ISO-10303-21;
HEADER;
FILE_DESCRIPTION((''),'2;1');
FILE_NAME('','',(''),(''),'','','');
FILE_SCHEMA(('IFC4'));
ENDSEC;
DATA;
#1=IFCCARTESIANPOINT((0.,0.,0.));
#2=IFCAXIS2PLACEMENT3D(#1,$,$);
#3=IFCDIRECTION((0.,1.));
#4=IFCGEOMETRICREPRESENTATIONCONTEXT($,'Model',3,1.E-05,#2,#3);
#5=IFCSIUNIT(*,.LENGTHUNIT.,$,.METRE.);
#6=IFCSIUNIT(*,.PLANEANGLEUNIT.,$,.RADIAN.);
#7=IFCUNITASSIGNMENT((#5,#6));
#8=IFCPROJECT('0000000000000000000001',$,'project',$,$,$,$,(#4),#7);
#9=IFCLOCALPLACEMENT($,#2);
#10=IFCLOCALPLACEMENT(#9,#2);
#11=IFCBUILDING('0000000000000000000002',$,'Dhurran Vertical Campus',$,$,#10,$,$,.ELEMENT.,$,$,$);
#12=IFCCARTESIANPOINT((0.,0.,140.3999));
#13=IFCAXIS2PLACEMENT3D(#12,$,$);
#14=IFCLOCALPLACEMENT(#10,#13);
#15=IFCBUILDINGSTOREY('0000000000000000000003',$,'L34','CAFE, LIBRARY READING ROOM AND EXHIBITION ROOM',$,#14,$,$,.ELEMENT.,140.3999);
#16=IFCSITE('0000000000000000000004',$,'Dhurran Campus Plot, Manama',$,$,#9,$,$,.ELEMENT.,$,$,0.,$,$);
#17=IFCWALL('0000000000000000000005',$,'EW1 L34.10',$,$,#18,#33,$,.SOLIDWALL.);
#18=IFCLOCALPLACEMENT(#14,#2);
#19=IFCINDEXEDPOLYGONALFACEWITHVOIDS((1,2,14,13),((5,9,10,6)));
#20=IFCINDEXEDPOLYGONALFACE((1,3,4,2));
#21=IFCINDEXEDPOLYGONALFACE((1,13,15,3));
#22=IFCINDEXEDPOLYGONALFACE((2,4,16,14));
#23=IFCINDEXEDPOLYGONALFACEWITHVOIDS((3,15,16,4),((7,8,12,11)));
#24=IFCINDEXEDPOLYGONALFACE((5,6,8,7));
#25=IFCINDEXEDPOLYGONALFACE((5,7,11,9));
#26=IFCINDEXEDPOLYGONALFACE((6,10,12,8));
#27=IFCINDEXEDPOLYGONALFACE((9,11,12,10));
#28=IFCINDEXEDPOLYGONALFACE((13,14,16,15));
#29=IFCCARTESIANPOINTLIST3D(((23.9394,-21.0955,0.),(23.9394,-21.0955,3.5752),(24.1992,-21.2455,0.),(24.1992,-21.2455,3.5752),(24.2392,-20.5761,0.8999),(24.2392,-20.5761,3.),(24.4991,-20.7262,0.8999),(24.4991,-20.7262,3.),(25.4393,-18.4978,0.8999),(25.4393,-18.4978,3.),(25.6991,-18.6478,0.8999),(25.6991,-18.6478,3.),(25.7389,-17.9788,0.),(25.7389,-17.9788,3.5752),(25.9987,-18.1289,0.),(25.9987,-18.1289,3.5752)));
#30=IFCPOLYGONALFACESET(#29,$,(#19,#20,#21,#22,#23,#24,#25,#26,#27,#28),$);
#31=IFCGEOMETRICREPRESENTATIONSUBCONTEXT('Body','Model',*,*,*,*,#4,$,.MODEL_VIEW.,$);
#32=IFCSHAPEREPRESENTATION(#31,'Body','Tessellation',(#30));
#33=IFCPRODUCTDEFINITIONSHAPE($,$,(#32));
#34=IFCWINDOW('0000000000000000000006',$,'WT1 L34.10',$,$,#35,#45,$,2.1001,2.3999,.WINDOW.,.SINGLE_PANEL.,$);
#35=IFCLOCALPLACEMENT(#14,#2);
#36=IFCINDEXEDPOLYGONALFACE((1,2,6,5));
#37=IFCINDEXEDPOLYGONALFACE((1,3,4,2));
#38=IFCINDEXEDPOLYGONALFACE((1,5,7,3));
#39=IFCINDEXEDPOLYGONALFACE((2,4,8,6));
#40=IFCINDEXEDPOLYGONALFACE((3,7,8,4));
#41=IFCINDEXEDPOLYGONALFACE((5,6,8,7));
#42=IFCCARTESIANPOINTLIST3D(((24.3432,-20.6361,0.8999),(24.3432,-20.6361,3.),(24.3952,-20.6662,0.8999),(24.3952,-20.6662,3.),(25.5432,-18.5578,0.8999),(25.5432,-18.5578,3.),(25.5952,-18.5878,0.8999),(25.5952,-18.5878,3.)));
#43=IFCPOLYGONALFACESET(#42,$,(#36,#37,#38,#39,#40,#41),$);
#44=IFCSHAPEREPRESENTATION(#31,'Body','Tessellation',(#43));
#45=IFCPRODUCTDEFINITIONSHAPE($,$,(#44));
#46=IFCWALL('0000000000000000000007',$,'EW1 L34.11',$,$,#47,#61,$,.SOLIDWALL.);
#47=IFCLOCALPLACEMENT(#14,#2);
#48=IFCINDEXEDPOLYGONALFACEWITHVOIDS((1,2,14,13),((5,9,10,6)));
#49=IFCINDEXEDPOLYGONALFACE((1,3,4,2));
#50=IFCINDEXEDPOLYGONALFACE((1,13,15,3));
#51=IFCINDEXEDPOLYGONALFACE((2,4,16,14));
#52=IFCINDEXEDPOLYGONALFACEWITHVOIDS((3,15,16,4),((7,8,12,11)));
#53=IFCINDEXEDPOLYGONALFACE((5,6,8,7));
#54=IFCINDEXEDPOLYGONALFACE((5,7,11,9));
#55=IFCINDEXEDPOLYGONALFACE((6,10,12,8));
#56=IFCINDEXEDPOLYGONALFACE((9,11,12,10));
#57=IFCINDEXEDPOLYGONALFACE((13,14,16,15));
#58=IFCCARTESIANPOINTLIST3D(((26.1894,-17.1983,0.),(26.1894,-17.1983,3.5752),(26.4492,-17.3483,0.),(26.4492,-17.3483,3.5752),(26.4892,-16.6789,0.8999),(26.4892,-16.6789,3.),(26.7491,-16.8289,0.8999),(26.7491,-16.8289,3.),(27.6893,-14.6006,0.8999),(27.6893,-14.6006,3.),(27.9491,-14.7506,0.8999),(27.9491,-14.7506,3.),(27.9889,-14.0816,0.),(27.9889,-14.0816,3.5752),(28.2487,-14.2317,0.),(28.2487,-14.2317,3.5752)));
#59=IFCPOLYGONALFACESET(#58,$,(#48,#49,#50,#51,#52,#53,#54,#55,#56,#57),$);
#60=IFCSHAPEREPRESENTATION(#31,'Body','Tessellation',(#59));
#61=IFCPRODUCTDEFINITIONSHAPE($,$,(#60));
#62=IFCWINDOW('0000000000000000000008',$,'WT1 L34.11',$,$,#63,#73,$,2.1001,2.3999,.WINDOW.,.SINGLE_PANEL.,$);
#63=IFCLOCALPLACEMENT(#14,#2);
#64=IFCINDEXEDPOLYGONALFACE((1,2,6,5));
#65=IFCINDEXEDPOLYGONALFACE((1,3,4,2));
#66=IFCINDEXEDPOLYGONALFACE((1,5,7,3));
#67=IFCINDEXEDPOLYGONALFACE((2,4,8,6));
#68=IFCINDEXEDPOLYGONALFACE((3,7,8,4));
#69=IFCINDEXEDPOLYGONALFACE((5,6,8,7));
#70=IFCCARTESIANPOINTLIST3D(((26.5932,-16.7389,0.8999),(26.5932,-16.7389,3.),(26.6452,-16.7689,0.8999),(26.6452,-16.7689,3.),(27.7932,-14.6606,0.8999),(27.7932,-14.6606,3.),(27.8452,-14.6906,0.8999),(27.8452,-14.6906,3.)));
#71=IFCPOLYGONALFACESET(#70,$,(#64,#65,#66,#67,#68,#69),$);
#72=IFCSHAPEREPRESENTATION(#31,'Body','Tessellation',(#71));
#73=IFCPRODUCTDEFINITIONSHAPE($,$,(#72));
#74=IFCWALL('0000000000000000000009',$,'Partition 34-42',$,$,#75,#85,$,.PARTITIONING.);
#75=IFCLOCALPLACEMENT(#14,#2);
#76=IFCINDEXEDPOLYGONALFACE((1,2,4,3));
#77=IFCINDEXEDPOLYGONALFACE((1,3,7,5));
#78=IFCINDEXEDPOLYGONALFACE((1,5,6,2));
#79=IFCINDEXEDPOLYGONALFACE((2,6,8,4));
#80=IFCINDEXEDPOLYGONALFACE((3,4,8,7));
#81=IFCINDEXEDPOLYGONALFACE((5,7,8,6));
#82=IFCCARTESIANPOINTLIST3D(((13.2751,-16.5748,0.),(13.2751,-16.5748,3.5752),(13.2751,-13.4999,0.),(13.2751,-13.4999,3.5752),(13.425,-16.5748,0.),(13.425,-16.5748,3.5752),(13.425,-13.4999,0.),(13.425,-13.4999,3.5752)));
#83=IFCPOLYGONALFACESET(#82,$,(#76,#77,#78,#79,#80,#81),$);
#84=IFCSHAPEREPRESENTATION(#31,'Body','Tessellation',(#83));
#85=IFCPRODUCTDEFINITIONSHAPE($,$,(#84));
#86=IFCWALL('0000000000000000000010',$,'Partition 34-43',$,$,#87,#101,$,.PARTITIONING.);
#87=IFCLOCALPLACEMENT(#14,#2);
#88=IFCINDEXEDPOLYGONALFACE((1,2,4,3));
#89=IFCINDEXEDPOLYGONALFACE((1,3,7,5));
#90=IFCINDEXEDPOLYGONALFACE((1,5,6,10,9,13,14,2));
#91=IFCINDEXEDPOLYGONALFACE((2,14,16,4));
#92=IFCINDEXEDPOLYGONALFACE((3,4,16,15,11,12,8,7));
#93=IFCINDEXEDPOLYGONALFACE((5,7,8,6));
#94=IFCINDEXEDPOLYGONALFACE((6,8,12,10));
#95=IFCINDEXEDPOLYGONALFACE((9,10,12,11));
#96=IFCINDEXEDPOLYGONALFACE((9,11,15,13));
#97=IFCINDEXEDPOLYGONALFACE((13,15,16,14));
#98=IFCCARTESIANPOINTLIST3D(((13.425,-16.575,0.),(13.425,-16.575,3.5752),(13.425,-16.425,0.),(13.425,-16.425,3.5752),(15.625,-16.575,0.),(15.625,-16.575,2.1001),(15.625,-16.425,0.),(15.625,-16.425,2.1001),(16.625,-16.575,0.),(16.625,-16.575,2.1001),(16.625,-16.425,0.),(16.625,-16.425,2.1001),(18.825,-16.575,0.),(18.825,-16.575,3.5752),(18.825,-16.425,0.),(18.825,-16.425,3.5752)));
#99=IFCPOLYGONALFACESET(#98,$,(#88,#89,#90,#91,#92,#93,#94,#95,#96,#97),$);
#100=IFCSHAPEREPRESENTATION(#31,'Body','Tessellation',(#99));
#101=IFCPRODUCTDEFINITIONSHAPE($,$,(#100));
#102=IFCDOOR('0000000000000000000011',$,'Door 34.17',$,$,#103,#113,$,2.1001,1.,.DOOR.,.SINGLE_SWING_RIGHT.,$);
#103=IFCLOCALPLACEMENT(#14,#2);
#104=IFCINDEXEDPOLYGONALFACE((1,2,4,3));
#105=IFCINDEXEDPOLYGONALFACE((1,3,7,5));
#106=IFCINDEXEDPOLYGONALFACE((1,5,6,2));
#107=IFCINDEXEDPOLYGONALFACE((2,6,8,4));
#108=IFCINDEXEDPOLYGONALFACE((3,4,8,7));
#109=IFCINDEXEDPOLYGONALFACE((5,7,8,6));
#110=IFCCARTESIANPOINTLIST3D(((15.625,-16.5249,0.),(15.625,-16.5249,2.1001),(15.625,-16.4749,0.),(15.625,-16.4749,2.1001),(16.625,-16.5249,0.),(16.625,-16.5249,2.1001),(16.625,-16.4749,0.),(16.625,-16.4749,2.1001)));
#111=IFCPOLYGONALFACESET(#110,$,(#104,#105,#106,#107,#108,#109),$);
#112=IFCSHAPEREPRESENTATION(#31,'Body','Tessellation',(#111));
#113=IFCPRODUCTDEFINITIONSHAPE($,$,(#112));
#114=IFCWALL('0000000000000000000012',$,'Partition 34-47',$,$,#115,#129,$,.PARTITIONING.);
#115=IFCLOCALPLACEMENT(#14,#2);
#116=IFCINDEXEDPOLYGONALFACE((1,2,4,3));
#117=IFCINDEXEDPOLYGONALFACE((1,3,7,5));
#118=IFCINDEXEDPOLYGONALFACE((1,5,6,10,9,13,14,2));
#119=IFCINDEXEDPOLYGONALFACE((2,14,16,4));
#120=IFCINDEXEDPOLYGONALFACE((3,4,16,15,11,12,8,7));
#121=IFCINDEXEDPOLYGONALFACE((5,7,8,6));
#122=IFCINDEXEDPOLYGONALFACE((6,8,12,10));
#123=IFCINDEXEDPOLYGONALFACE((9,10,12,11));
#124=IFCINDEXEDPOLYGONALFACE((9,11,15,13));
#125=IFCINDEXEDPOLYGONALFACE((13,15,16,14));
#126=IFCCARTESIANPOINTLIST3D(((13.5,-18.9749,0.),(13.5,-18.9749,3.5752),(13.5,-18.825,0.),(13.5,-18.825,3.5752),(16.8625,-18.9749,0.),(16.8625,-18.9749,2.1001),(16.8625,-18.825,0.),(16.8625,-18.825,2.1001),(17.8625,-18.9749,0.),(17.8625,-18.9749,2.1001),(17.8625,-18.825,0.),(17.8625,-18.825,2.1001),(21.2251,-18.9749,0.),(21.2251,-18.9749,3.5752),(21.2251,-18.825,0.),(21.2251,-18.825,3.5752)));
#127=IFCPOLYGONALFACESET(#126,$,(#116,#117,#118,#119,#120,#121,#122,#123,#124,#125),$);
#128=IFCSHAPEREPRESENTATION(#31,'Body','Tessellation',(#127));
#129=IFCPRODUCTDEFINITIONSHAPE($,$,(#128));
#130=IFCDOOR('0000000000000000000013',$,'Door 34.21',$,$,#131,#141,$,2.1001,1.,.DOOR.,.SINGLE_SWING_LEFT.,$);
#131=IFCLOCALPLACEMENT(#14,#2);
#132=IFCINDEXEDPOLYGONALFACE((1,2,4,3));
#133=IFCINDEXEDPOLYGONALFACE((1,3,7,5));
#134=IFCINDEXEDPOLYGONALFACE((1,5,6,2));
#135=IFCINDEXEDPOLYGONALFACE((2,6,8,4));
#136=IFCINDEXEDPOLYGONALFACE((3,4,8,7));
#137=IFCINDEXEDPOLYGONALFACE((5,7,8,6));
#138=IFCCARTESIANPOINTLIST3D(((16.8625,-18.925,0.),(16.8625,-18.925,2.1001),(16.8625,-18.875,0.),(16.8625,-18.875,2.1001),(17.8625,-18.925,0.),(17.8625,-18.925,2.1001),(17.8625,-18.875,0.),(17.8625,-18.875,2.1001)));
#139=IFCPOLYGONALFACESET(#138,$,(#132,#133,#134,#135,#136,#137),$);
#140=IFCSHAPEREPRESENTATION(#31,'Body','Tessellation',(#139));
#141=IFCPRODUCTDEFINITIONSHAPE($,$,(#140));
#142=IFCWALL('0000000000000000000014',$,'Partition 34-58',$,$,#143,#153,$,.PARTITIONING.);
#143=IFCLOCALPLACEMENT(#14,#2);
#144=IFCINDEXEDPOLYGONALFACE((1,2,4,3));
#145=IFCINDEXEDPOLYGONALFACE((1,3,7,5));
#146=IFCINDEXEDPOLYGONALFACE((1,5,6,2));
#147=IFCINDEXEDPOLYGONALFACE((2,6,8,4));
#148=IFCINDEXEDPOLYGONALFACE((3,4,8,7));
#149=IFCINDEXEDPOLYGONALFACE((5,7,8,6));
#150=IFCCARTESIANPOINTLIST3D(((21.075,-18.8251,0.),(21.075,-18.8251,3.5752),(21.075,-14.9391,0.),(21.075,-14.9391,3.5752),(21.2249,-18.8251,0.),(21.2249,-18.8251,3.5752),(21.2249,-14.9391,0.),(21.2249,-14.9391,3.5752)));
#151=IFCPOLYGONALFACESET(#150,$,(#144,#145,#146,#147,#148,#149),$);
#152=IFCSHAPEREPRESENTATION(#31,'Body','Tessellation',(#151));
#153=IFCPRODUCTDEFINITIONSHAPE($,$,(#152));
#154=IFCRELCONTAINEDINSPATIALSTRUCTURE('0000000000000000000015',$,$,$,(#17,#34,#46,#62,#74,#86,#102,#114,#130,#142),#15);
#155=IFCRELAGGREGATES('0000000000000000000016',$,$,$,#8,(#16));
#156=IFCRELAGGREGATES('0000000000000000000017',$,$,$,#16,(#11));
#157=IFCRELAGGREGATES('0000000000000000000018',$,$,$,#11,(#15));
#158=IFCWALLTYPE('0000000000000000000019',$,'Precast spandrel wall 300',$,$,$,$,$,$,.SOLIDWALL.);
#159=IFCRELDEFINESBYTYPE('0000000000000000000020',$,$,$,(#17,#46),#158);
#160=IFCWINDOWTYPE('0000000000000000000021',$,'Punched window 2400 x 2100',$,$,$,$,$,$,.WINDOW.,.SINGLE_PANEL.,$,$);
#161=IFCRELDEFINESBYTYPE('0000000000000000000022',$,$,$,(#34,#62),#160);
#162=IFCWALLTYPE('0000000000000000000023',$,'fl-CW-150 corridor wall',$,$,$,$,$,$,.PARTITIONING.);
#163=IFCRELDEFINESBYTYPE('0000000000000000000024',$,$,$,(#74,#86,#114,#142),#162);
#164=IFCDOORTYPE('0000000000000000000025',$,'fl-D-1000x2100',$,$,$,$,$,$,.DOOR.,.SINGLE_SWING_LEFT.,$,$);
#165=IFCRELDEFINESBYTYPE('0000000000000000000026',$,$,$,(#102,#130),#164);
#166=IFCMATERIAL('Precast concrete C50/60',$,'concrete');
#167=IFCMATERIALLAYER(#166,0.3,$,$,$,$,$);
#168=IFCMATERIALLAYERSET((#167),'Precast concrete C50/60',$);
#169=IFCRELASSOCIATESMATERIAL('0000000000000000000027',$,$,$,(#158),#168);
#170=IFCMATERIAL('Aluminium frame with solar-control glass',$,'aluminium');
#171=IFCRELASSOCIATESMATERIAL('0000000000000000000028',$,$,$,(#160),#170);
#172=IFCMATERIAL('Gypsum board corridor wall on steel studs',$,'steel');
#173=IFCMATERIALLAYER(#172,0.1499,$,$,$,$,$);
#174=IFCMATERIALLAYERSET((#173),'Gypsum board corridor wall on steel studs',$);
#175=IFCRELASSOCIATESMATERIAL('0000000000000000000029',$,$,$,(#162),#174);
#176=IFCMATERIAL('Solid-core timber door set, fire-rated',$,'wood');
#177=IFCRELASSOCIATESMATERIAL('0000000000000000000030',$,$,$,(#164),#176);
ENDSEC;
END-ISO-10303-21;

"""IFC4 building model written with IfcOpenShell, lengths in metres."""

from ifc_helpers import new_model, si_unit, direction, frame, frame_2d, origin, place, context, subcontext, project, spatial, rectangle, extrude, material, layer, layer_set, type_object, element, fill, save


model = new_model("IFC4")

# Units and contexts
model_context = context("Model", 3, precision=1e-05, world=origin(), true_north=direction((0.0, 1.0)))
body_context = subcontext(model_context, "Body", "Model", "MODEL_VIEW")
ifc_project = project(units=[si_unit("LENGTHUNIT", "METRE"), si_unit("PLANEANGLEUNIT", "RADIAN")], contexts=[model_context])

# Site, building, storey
site_placement = place(None, origin())
site = spatial("IfcSite", under=ifc_project, at=site_placement, Name="Dhurran Campus Plot, Manama", CompositionType="ELEMENT", RefElevation=0.0)
building_placement = place(site_placement, origin())
building = spatial("IfcBuilding", under=site, at=building_placement, Name="Dhurran Vertical Campus", CompositionType="ELEMENT")
storey_placement = place(building_placement, frame((0.0, 0.0, 140.3999)))
storey = spatial("IfcBuildingStorey", under=building, at=storey_placement, Name="L34", Description="CAFE, LIBRARY READING ROOM AND EXHIBITION ROOM", CompositionType="ELEMENT", Elevation=140.3999)

# Walls, openings, windows
ifc_material_1 = material(Name="Precast concrete C50/60", Category="concrete")
ifc_layer_1 = layer(ifc_material_1, 0.3)
ifc_layer_set_1 = layer_set([ifc_layer_1], Name="Precast concrete C50/60")
wall_type_1 = type_object("IfcWallType", Name="Precast spandrel wall 300", PredefinedType="SOLIDWALL", material=ifc_layer_set_1)
ifc_material_2 = material(Name="Aluminium frame with solar-control glass", Category="aluminium")
window_type = type_object("IfcWindowType", Name="Punched window 2400 x 2100", PartitioningType="SINGLE_PANEL", PredefinedType="WINDOW", material=ifc_material_2)
wall_1_placement = place(storey_placement, frame((24.0693, -21.1704, 0.0), z_axis=(0.0, 0.0, 1.0), x_axis=(0.500028, 0.866009, 0.0)))
wall_1 = element("IfcWall", 1, at=wall_1_placement, inside=storey, type_object=wall_type_1, Name="EW1 L34.10", PredefinedType="SOLIDWALL", context=body_context, shape_type="SweptSolid", body=[
    extrude(rectangle(XDim=3.5989, YDim=0.3, at=frame_2d((1.7993, 0.0))), origin(), (0.0, 0.0, 1.0), 3.5752),
])
opening_1_placement = place(wall_1_placement, frame((0.5996, 0.0, 0.8999)))
opening_1 = element("IfcOpeningElement", 2, at=opening_1_placement, cuts=wall_1, PredefinedType="OPENING", context=body_context, shape_type="SweptSolid", body=[
    extrude(rectangle(XDim=2.3999, YDim=2.1001, at=frame_2d((1.2, 1.05))), frame((0.0, 0.1599, 0.0), z_axis=(0.0, -1.0, 0.0), x_axis=(1.0, 0.0, 0.0)), (0.0, 0.0, 1.0), 0.3201),
])
window_1_placement = place(opening_1_placement, origin())
window_1 = element("IfcWindow", 3, at=window_1_placement, inside=storey, type_object=window_type, Name="WT1 L34.10", OverallHeight=2.1001, OverallWidth=2.3999, PartitioningType="SINGLE_PANEL", PredefinedType="WINDOW", context=body_context, shape_type="SweptSolid", body=[
    extrude(rectangle(XDim=2.3999, YDim=2.1001, at=frame_2d((1.2, 1.05))), frame((0.0, 0.03, 0.0), z_axis=(0.0, -1.0, 0.0), x_axis=(1.0, 0.0, 0.0)), (0.0, 0.0, 1.0), 0.0601),
])
fill(opening_1, window_1)
wall_2_placement = place(storey_placement, frame((26.3193, -17.2732, 0.0), z_axis=(0.0, 0.0, 1.0), x_axis=(0.500028, 0.866009, 0.0)))
wall_2 = element("IfcWall", 4, at=wall_2_placement, inside=storey, type_object=wall_type_1, Name="EW1 L34.11", PredefinedType="SOLIDWALL", context=body_context, shape_type="SweptSolid", body=[
    extrude(rectangle(XDim=3.5989, YDim=0.3, at=frame_2d((1.7993, 0.0))), origin(), (0.0, 0.0, 1.0), 3.5752),
])
opening_2_placement = place(wall_2_placement, frame((0.5996, 0.0, 0.8999)))
opening_2 = element("IfcOpeningElement", 5, at=opening_2_placement, cuts=wall_2, PredefinedType="OPENING", context=body_context, shape_type="SweptSolid", body=[
    extrude(rectangle(XDim=2.3999, YDim=2.1001, at=frame_2d((1.2, 1.05))), frame((0.0, 0.1599, 0.0), z_axis=(0.0, -1.0, 0.0), x_axis=(1.0, 0.0, 0.0)), (0.0, 0.0, 1.0), 0.3201),
])
window_2_placement = place(opening_2_placement, origin())
window_2 = element("IfcWindow", 6, at=window_2_placement, inside=storey, type_object=window_type, Name="WT1 L34.11", OverallHeight=2.1001, OverallWidth=2.3999, PartitioningType="SINGLE_PANEL", PredefinedType="WINDOW", context=body_context, shape_type="SweptSolid", body=[
    extrude(rectangle(XDim=2.3999, YDim=2.1001, at=frame_2d((1.2, 1.05))), frame((0.0, 0.03, 0.0), z_axis=(0.0, -1.0, 0.0), x_axis=(1.0, 0.0, 0.0)), (0.0, 0.0, 1.0), 0.0601),
])
fill(opening_2, window_2)

# Wall
ifc_material_3 = material(Name="Gypsum board corridor wall on steel studs", Category="steel")
ifc_layer_2 = layer(ifc_material_3, 0.1499)
ifc_layer_set_2 = layer_set([ifc_layer_2], Name="Gypsum board corridor wall on steel studs")
wall_type_2 = type_object("IfcWallType", Name="fl-CW-150 corridor wall", PredefinedType="PARTITIONING", material=ifc_layer_set_2)
wall_3_placement = place(storey_placement, frame((13.3501, -16.575, 0.0), z_axis=(0.0, 0.0, 1.0), x_axis=(0.0, 1.0, 0.0)))
element("IfcWall", 7, at=wall_3_placement, inside=storey, type_object=wall_type_2, Name="Partition 34-42", PredefinedType="PARTITIONING", context=body_context, shape_type="SweptSolid", body=[
    extrude(rectangle(XDim=3.075, YDim=0.1499, at=frame_2d((1.5376, 0.0))), origin(), (0.0, 0.0, 1.0), 3.5752),
])

# Walls, openings, doors
wall_4_placement = place(storey_placement, frame((18.825, -16.5, 0.0), z_axis=(0.0, 0.0, 1.0), x_axis=(-1.0, 0.0, 0.0)))
wall_4 = element("IfcWall", 8, at=wall_4_placement, inside=storey, type_object=wall_type_2, Name="Partition 34-43", PredefinedType="PARTITIONING", context=body_context, shape_type="SweptSolid", body=[
    extrude(rectangle(XDim=5.3999, YDim=0.1499, at=frame_2d((2.7, 0.0))), origin(), (0.0, 0.0, 1.0), 3.5752),
])
opening_3_placement = place(wall_4_placement, frame((2.2, 0.0, 0.0)))
opening_3 = element("IfcOpeningElement", 9, at=opening_3_placement, cuts=wall_4, PredefinedType="OPENING", context=body_context, shape_type="SweptSolid", body=[
    extrude(rectangle(XDim=1.0, YDim=2.1001, at=frame_2d((0.5, 1.05))), frame((0.0, 0.085, 0.0), z_axis=(0.0, -1.0, 0.0), x_axis=(1.0, 0.0, 0.0)), (0.0, 0.0, 1.0), 0.1699),
])
ifc_material_4 = material(Name="Solid-core timber door set, fire-rated", Category="wood")
door_type = type_object("IfcDoorType", Name="fl-D-1000x2100", OperationType="SINGLE_SWING_LEFT", PredefinedType="DOOR", material=ifc_material_4)
door_1_placement = place(opening_3_placement, origin())
door_1 = element("IfcDoor", 10, at=door_1_placement, inside=storey, type_object=door_type, Name="Door 34.17", OperationType="SINGLE_SWING_RIGHT", OverallHeight=2.1001, OverallWidth=1.0, PredefinedType="DOOR", context=body_context, shape_type="SweptSolid", body=[
    extrude(rectangle(XDim=1.0, YDim=2.1001, at=frame_2d((0.5, 1.05))), frame((0.0, 0.0249, 0.0), z_axis=(0.0, -1.0, 0.0), x_axis=(1.0, 0.0, 0.0)), (0.0, 0.0, 1.0), 0.05),
])
fill(opening_3, door_1)
wall_5_placement = place(storey_placement, frame((13.5, -18.8999, 0.0), z_axis=(0.0, 0.0, 1.0), x_axis=(1.0, 0.0, 0.0)))
wall_5 = element("IfcWall", 11, at=wall_5_placement, inside=storey, type_object=wall_type_2, Name="Partition 34-47", PredefinedType="PARTITIONING", context=body_context, shape_type="SweptSolid", body=[
    extrude(rectangle(XDim=7.7251, YDim=0.1499, at=frame_2d((3.8625, 0.0))), origin(), (0.0, 0.0, 1.0), 3.5752),
])
opening_4_placement = place(wall_5_placement, frame((3.3625, 0.0, 0.0)))
opening_4 = element("IfcOpeningElement", 12, at=opening_4_placement, cuts=wall_5, PredefinedType="OPENING", context=body_context, shape_type="SweptSolid", body=[
    extrude(rectangle(XDim=1.0, YDim=2.1001, at=frame_2d((0.5, 1.05))), frame((0.0, 0.085, 0.0), z_axis=(0.0, -1.0, 0.0), x_axis=(1.0, 0.0, 0.0)), (0.0, 0.0, 1.0), 0.1699),
])
door_2_placement = place(opening_4_placement, origin())
door_2 = element("IfcDoor", 13, at=door_2_placement, inside=storey, type_object=door_type, Name="Door 34.21", OperationType="SINGLE_SWING_LEFT", OverallHeight=2.1001, OverallWidth=1.0, PredefinedType="DOOR", context=body_context, shape_type="SweptSolid", body=[
    extrude(rectangle(XDim=1.0, YDim=2.1001, at=frame_2d((0.5, 1.05))), frame((0.0, 0.0249, 0.0), z_axis=(0.0, -1.0, 0.0), x_axis=(1.0, 0.0, 0.0)), (0.0, 0.0, 1.0), 0.05),
])
fill(opening_4, door_2)

# Wall
wall_6_placement = place(storey_placement, frame((21.1499, -18.825, 0.0), z_axis=(0.0, 0.0, 1.0), x_axis=(0.0, 1.0, 0.0)))
element("IfcWall", 14, at=wall_6_placement, inside=storey, type_object=wall_type_2, Name="Partition 34-58", PredefinedType="PARTITIONING", context=body_context, shape_type="SweptSolid", body=[
    extrude(rectangle(XDim=3.886, YDim=0.1499, at=frame_2d((1.9429, 0.0))), origin(), (0.0, 0.0, 1.0), 3.5752),
])

save(model, "model.ifc")
